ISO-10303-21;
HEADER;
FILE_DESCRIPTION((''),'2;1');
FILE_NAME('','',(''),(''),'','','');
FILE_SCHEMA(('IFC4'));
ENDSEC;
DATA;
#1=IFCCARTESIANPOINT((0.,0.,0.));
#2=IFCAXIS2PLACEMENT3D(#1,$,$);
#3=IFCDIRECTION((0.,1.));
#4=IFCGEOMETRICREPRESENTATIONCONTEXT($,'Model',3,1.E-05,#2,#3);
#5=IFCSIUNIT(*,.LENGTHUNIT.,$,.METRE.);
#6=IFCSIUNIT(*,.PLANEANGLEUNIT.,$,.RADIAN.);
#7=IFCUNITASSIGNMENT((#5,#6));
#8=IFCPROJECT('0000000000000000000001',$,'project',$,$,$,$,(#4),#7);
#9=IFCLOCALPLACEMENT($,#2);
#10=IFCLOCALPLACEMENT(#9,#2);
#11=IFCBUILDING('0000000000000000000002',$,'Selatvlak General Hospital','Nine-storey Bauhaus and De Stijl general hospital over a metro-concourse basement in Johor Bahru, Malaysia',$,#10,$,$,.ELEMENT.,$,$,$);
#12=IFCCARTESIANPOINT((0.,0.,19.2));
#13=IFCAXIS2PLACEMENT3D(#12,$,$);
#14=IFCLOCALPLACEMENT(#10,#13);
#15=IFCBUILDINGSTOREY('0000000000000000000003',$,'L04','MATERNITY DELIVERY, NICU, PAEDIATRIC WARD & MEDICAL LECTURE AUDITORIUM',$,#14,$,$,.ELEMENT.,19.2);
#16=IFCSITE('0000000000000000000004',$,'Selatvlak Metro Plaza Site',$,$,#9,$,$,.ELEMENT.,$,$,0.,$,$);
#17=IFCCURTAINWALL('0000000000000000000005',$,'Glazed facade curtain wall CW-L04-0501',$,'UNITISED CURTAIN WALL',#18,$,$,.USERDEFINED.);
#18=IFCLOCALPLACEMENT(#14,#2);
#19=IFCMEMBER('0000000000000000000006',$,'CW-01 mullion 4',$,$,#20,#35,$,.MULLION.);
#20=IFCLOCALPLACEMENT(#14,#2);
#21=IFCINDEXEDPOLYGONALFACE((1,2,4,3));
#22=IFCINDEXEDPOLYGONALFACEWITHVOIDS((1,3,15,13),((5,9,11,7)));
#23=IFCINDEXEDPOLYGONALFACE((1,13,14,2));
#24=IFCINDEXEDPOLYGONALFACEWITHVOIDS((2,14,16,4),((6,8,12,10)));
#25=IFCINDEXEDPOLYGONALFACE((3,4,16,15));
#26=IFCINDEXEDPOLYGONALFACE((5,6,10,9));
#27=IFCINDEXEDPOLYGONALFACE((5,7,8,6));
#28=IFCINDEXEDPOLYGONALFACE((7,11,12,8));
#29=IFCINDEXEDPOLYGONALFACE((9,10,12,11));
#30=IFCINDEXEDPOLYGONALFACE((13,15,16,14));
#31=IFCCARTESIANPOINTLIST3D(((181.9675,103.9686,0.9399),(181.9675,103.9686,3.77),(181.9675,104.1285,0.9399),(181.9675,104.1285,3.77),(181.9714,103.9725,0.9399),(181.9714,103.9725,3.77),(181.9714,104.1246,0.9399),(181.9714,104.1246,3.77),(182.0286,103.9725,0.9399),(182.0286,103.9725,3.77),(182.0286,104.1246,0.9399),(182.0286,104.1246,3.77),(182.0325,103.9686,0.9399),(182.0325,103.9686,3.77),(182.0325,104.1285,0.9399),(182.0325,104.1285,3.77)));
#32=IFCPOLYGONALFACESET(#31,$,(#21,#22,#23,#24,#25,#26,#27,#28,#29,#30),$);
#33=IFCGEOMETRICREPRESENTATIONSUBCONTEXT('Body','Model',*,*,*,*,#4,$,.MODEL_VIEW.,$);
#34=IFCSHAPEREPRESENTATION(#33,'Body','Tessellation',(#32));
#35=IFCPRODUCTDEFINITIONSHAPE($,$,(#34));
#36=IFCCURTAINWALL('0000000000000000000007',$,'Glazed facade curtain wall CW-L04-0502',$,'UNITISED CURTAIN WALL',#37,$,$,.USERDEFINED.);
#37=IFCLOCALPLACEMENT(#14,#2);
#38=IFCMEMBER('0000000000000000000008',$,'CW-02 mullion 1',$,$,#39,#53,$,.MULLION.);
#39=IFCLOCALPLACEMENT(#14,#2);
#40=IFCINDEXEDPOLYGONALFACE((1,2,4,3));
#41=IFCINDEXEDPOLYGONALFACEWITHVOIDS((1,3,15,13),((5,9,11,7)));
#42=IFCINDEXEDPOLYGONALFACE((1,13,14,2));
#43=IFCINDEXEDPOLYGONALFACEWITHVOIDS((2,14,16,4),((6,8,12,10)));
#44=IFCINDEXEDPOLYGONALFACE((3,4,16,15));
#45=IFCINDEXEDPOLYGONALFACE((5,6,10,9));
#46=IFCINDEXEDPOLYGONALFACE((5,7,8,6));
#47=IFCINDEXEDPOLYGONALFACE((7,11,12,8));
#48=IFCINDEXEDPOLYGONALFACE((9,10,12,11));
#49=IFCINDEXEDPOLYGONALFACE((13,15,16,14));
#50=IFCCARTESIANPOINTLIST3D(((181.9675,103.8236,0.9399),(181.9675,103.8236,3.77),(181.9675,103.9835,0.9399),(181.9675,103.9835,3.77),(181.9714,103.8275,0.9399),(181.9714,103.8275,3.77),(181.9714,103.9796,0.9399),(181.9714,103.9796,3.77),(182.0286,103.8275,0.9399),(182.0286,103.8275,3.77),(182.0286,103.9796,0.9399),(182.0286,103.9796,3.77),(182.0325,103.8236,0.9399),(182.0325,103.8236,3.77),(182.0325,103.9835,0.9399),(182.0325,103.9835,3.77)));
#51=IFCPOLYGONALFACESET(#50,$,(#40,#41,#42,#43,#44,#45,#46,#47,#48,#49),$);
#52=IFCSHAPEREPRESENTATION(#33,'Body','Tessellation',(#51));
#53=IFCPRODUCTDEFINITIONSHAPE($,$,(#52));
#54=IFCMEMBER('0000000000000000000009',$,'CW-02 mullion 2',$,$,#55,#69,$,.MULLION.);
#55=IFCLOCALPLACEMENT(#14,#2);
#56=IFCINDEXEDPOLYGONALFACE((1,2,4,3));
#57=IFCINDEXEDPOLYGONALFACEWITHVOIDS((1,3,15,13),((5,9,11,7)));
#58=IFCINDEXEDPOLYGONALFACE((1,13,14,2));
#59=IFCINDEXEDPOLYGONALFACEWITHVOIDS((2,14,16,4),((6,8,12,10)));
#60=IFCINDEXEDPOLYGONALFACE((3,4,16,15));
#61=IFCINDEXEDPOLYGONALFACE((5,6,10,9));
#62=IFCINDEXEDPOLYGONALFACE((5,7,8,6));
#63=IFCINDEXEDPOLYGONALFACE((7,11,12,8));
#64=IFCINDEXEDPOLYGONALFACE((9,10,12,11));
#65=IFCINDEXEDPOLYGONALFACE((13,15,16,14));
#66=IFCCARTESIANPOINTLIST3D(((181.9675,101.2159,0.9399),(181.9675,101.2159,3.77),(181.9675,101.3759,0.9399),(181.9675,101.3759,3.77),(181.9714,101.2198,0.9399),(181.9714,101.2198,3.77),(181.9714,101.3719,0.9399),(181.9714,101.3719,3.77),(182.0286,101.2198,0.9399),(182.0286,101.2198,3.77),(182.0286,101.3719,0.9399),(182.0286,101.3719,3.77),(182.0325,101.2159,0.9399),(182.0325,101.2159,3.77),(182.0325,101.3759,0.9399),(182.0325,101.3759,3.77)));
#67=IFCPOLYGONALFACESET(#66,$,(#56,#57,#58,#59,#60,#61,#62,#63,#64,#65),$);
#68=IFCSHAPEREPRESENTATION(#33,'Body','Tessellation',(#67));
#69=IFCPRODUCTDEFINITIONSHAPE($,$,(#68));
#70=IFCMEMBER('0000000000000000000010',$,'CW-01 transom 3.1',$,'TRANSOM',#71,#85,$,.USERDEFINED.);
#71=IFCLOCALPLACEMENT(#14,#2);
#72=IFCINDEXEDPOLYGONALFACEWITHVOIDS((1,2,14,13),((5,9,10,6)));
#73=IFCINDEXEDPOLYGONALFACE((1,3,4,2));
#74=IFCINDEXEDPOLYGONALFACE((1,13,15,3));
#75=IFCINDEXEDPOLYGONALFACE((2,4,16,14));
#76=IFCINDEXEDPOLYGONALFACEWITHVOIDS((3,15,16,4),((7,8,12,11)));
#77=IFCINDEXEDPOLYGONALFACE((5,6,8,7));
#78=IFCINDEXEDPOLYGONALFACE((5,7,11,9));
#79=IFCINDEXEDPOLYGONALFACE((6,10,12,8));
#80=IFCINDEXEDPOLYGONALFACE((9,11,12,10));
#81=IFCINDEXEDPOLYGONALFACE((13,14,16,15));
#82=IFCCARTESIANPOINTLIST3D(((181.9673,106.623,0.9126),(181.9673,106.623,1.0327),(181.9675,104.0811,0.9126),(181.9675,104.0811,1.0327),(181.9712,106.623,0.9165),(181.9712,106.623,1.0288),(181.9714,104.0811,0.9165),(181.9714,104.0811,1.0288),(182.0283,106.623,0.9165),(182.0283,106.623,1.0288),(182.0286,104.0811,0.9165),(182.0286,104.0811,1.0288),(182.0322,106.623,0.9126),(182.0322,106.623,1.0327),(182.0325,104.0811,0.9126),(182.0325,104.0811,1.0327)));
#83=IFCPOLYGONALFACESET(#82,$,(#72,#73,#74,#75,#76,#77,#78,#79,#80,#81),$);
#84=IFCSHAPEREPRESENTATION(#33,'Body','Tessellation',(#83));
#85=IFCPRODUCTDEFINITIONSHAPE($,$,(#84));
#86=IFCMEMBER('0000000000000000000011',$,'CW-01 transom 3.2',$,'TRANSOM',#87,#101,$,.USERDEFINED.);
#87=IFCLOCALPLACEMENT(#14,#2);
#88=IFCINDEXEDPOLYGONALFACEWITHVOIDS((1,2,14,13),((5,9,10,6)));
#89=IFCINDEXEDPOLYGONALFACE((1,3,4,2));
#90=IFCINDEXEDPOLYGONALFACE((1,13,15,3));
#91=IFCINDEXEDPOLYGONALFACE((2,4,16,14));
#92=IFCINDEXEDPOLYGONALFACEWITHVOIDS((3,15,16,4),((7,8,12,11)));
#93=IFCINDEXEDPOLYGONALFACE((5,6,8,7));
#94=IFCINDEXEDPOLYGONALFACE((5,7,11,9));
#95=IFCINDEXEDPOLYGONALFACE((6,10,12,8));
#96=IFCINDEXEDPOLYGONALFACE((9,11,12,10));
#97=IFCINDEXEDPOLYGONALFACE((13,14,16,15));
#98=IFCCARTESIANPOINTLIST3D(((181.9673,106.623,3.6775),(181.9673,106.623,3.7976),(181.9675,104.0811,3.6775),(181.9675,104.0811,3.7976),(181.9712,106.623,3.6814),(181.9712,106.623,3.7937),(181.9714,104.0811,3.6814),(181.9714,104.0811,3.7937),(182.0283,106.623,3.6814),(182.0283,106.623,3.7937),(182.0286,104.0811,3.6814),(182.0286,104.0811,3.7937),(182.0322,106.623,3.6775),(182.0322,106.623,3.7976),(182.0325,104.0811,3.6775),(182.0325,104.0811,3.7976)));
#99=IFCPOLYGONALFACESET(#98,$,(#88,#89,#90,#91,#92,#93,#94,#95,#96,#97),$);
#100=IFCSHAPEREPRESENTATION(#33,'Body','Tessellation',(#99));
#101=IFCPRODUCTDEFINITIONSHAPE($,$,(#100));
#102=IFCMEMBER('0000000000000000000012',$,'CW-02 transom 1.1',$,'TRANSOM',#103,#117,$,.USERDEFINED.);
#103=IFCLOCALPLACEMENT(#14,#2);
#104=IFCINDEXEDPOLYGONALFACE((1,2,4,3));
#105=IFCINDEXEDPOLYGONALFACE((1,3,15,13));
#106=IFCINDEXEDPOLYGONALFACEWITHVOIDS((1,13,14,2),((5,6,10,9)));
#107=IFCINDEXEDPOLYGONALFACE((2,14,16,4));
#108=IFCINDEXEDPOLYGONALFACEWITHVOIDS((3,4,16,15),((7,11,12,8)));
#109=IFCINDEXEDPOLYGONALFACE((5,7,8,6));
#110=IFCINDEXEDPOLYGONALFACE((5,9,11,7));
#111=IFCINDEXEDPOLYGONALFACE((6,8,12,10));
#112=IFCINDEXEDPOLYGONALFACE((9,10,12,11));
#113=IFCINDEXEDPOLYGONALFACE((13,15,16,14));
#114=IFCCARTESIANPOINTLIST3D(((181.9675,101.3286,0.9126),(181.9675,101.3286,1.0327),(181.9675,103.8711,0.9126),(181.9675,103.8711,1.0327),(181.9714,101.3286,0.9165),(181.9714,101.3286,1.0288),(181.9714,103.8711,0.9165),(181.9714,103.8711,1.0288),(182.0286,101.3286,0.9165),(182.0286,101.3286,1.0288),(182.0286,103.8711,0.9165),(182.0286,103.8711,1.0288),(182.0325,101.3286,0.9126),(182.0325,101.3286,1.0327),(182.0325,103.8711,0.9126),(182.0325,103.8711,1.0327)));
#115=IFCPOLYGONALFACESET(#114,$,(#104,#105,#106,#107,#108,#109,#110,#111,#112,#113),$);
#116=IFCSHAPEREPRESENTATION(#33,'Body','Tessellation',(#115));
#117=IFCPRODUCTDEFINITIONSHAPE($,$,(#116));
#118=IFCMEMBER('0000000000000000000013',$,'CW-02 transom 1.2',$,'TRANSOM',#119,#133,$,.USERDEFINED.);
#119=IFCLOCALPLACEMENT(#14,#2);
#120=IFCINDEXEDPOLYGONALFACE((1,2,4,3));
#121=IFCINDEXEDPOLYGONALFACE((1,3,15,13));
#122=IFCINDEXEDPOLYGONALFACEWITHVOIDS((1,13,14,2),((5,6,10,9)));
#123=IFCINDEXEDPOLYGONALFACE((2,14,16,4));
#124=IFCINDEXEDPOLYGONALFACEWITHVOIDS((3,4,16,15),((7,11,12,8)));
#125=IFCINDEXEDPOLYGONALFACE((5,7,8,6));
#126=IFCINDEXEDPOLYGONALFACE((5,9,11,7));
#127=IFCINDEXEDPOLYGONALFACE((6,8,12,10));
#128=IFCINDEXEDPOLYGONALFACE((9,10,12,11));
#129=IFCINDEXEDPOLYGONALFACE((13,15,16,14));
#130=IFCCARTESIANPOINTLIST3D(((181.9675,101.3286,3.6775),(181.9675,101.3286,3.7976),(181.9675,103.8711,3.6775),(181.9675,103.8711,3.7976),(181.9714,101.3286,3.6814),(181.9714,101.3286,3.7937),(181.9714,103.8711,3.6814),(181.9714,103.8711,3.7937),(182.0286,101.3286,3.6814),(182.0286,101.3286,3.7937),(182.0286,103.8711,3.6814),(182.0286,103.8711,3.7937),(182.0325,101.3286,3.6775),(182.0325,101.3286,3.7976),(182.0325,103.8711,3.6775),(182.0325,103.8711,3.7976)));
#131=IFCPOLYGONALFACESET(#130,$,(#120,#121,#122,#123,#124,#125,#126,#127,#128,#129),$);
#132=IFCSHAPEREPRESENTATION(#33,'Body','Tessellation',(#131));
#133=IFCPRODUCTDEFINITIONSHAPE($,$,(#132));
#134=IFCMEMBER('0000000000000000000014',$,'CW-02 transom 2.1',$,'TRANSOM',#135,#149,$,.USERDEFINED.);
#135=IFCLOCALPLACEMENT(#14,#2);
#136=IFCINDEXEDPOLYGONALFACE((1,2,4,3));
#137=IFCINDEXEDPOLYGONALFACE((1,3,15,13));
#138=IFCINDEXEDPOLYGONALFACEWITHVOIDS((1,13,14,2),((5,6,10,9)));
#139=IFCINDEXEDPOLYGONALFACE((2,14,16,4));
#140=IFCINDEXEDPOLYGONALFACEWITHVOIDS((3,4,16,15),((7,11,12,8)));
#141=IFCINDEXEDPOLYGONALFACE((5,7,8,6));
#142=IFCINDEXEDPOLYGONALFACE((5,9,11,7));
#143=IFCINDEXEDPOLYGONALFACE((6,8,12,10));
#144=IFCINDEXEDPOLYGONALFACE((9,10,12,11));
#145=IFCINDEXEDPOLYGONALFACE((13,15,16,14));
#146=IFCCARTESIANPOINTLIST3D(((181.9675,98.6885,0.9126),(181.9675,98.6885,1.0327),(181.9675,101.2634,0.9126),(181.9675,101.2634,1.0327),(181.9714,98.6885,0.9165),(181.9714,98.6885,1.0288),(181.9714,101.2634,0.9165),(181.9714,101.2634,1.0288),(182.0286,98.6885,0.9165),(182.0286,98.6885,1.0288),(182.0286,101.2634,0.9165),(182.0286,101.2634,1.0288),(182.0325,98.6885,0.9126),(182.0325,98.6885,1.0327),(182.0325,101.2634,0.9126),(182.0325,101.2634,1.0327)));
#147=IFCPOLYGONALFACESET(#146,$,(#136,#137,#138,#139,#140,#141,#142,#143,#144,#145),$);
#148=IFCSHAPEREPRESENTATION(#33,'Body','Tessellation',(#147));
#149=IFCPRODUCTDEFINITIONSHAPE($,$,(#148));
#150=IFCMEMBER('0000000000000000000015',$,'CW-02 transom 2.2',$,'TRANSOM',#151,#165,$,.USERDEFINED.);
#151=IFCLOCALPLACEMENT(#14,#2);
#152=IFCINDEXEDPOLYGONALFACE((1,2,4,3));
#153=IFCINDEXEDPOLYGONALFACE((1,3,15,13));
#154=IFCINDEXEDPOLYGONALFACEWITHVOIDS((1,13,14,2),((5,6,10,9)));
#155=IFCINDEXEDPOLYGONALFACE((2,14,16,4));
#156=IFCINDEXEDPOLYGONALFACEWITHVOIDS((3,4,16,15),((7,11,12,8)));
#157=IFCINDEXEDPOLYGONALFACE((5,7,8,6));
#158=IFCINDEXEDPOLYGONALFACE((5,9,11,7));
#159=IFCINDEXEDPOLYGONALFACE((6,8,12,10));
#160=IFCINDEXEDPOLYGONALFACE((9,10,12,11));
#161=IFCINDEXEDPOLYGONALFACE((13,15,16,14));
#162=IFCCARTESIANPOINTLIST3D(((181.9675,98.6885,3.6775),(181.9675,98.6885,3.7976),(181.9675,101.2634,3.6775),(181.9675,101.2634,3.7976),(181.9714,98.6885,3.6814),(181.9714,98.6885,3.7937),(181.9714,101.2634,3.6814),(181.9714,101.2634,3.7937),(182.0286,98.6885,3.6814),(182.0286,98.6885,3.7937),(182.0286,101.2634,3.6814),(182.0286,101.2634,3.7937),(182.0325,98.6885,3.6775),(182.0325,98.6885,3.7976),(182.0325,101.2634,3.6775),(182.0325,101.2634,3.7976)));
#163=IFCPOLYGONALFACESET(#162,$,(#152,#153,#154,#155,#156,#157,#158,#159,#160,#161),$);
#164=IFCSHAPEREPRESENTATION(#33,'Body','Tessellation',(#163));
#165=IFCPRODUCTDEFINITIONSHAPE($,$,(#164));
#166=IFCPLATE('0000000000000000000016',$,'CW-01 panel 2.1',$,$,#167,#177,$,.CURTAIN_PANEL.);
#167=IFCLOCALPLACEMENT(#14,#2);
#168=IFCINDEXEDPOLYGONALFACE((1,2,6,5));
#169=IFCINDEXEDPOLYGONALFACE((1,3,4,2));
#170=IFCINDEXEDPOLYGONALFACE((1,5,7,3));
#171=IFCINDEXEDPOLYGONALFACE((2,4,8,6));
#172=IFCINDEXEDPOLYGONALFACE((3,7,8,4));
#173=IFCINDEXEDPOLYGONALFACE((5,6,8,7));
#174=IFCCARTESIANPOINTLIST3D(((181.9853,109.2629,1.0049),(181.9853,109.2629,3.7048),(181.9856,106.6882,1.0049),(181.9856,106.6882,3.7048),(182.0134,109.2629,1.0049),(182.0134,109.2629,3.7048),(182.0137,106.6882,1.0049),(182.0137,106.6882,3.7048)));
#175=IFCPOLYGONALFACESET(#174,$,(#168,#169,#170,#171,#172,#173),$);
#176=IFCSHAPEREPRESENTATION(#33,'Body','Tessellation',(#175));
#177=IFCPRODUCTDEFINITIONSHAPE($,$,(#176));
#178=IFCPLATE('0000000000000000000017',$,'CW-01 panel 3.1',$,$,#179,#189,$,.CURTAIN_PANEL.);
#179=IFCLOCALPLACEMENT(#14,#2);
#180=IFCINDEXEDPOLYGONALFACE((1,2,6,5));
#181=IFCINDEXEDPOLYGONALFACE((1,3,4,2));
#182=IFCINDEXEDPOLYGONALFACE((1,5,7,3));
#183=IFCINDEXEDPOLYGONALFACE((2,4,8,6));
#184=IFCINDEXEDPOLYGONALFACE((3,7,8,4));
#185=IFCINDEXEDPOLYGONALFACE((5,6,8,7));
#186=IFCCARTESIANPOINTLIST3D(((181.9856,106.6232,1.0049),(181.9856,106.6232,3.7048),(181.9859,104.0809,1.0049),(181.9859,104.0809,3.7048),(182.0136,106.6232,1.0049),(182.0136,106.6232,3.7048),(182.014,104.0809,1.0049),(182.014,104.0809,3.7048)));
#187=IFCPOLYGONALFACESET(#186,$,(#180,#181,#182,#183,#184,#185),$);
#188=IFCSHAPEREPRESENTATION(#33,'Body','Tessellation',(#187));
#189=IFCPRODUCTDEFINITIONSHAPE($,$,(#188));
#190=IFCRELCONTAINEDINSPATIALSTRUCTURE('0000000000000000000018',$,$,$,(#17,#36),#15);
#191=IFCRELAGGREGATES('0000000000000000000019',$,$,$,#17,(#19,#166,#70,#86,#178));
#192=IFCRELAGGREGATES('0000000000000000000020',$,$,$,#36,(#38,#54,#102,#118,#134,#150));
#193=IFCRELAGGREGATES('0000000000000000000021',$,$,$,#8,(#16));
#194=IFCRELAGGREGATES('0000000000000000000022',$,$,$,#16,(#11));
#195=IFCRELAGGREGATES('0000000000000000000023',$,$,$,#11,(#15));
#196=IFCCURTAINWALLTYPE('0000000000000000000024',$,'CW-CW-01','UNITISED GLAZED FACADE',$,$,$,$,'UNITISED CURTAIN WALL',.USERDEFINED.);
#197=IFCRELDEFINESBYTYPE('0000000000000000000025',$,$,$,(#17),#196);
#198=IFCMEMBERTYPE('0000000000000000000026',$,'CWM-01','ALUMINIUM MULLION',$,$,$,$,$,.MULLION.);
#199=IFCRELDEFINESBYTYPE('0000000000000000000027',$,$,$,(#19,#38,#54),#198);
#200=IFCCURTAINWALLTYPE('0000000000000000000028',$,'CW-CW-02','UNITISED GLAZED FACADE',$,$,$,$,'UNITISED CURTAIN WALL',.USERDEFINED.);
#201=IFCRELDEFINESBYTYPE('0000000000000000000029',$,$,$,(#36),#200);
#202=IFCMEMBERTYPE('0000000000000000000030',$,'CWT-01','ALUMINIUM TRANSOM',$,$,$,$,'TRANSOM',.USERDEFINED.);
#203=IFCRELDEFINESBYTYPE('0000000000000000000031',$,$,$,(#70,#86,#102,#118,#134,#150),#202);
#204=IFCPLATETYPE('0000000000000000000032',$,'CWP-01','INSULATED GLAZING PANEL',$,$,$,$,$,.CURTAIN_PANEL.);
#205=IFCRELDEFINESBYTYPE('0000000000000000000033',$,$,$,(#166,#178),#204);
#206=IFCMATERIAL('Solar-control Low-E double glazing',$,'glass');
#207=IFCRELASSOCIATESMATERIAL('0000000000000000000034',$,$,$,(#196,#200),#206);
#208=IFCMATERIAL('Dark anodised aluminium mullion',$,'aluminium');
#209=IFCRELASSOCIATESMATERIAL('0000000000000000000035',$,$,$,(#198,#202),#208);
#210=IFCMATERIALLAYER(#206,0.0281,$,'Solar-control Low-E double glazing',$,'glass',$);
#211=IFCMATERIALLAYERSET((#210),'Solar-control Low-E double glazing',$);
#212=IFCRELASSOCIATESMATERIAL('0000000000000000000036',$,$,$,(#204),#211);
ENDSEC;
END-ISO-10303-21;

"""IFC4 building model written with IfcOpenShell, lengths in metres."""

from ifc_helpers import new_model, si_unit, direction, frame, origin, origin_2d, place, context, subcontext, project, spatial, rectangle, hollow_rectangle, extrude, material, layer, layer_set, material_profile, profile_set, type_object, element, aggregate, save


model = new_model("IFC4")

# Units and contexts
model_context = context("Model", 3, precision=1e-05, world=origin(), true_north=direction((0.0, 1.0)))
body_context = subcontext(model_context, "Body", "Model", "MODEL_VIEW")
ifc_project = project(units=[si_unit("LENGTHUNIT", "METRE"), si_unit("PLANEANGLEUNIT", "RADIAN")], contexts=[model_context])

# Site, building, storey
site_placement = place(None, origin())
site = spatial("IfcSite", under=ifc_project, at=site_placement, Name="Selatvlak Metro Plaza Site", CompositionType="ELEMENT", RefElevation=0.0)
building_placement = place(site_placement, origin())
building = spatial("IfcBuilding", under=site, at=building_placement, Name="Selatvlak General Hospital", Description="Nine-storey Bauhaus and De Stijl general hospital over a metro-concourse basement in Johor Bahru, Malaysia", CompositionType="ELEMENT")
storey_placement = place(building_placement, frame((0.0, 0.0, 19.2)))
storey = spatial("IfcBuildingStorey", under=building, at=storey_placement, Name="L04", Description="MATERNITY DELIVERY, NICU, PAEDIATRIC WARD & MEDICAL LECTURE AUDITORIUM", CompositionType="ELEMENT", Elevation=19.2)

# Curtain walls, members
ifc_material_1 = material(Name="Solar-control Low-E double glazing", Category="glass")
curtain_wall_type_1 = type_object("IfcCurtainWallType", Name="CW-CW-01", Description="UNITISED GLAZED FACADE", ElementType="UNITISED CURTAIN WALL", PredefinedType="USERDEFINED", material=ifc_material_1)
curtain_wall_1_placement = place(storey_placement, origin())
curtain_wall_1 = element("IfcCurtainWall", 1, at=curtain_wall_1_placement, inside=storey, type_object=curtain_wall_type_1, Name="Glazed facade curtain wall CW-L04-0501", ObjectType="UNITISED CURTAIN WALL", PredefinedType="USERDEFINED")
ifc_material_2 = material(Name="Dark anodised aluminium mullion", Category="aluminium")
ifc_material_profile_1 = material_profile(ifc_material_2, hollow_rectangle(XDim=0.0649, YDim=0.1599, WallThickness=0.0039, at=origin_2d()), Name="AL-MUL 65x160x4")
ifc_profile_set_1 = profile_set([ifc_material_profile_1], Name="Dark anodised aluminium mullion")
member_type_1 = type_object("IfcMemberType", Name="CWM-01", Description="ALUMINIUM MULLION", PredefinedType="MULLION", material=ifc_profile_set_1)
member_1_placement = place(storey_placement, frame((182.0, 104.0486, 0.9399), z_axis=(0.0, 0.0, 1.0), x_axis=(1.0, 0.000126, 0.0)))
member_1 = element("IfcMember", 2, at=member_1_placement, type_object=member_type_1, Name="CW-01 mullion 4", PredefinedType="MULLION", context=body_context, shape_type="SweptSolid", body=[
    extrude(hollow_rectangle(XDim=0.0649, YDim=0.1599, WallThickness=0.0039, at=origin_2d()), origin(), (0.0, 0.0, 1.0), 2.8301),
])
curtain_wall_type_2 = type_object("IfcCurtainWallType", Name="CW-CW-02", Description="UNITISED GLAZED FACADE", ElementType="UNITISED CURTAIN WALL", PredefinedType="USERDEFINED", material=ifc_material_1)
curtain_wall_2_placement = place(storey_placement, origin())
curtain_wall_2 = element("IfcCurtainWall", 3, at=curtain_wall_2_placement, inside=storey, type_object=curtain_wall_type_2, Name="Glazed facade curtain wall CW-L04-0502", ObjectType="UNITISED CURTAIN WALL", PredefinedType="USERDEFINED")
member_2_placement = place(storey_placement, frame((182.0, 103.9036, 0.9399), z_axis=(0.0, 0.0, 1.0), x_axis=(1.0, 0.0, 0.0)))
member_2 = element("IfcMember", 4, at=member_2_placement, type_object=member_type_1, Name="CW-02 mullion 1", PredefinedType="MULLION", context=body_context, shape_type="SweptSolid", body=[
    extrude(hollow_rectangle(XDim=0.0649, YDim=0.1599, WallThickness=0.0039, at=origin_2d()), origin(), (0.0, 0.0, 1.0), 2.8301),
])
member_3_placement = place(storey_placement, frame((182.0, 101.2959, 0.9399), z_axis=(0.0, 0.0, 1.0), x_axis=(1.0, 0.0, 0.0)))
member_3 = element("IfcMember", 5, at=member_3_placement, type_object=member_type_1, Name="CW-02 mullion 2", PredefinedType="MULLION", context=body_context, shape_type="SweptSolid", body=[
    extrude(hollow_rectangle(XDim=0.0649, YDim=0.1599, WallThickness=0.0039, at=origin_2d()), origin(), (0.0, 0.0, 1.0), 2.8301),
])

# Members
ifc_material_profile_2 = material_profile(ifc_material_2, hollow_rectangle(XDim=0.0649, YDim=0.1201, WallThickness=0.0039, at=origin_2d()), Name="AL-TRN 65x120x4")
ifc_profile_set_2 = profile_set([ifc_material_profile_2], Name="Dark anodised aluminium mullion")
member_type_2 = type_object("IfcMemberType", Name="CWT-01", Description="ALUMINIUM TRANSOM", ElementType="TRANSOM", PredefinedType="USERDEFINED", material=ifc_profile_set_2)
member_4_placement = place(storey_placement, frame((181.9998, 106.623, 0.9727), z_axis=(0.000096, -1.0, 0.0), x_axis=(1.0, 0.000096, 0.0)))
member_4 = element("IfcMember", 6, at=member_4_placement, type_object=member_type_2, Name="CW-01 transom 3.1", ObjectType="TRANSOM", PredefinedType="USERDEFINED", context=body_context, shape_type="SweptSolid", body=[
    extrude(hollow_rectangle(XDim=0.0649, YDim=0.1201, WallThickness=0.0039, at=origin_2d()), origin(), (0.0, 0.0, 1.0), 2.542),
])
member_5_placement = place(storey_placement, frame((181.9998, 106.623, 3.7375), z_axis=(0.000096, -1.0, 0.0), x_axis=(1.0, 0.000096, 0.0)))
member_5 = element("IfcMember", 7, at=member_5_placement, type_object=member_type_2, Name="CW-01 transom 3.2", ObjectType="TRANSOM", PredefinedType="USERDEFINED", context=body_context, shape_type="SweptSolid", body=[
    extrude(hollow_rectangle(XDim=0.0649, YDim=0.1201, WallThickness=0.0039, at=origin_2d()), origin(), (0.0, 0.0, 1.0), 2.542),
])
member_6_placement = place(storey_placement, frame((182.0, 103.8711, 0.9727), z_axis=(0.0, -1.0, 0.0), x_axis=(1.0, 0.0, 0.0)))
member_6 = element("IfcMember", 8, at=member_6_placement, type_object=member_type_2, Name="CW-02 transom 1.1", ObjectType="TRANSOM", PredefinedType="USERDEFINED", context=body_context, shape_type="SweptSolid", body=[
    extrude(hollow_rectangle(XDim=0.0649, YDim=0.1201, WallThickness=0.0039, at=origin_2d()), origin(), (0.0, 0.0, 1.0), 2.5425),
])
member_7_placement = place(storey_placement, frame((182.0, 103.8711, 3.7375), z_axis=(0.0, -1.0, 0.0), x_axis=(1.0, 0.0, 0.0)))
member_7 = element("IfcMember", 9, at=member_7_placement, type_object=member_type_2, Name="CW-02 transom 1.2", ObjectType="TRANSOM", PredefinedType="USERDEFINED", context=body_context, shape_type="SweptSolid", body=[
    extrude(hollow_rectangle(XDim=0.0649, YDim=0.1201, WallThickness=0.0039, at=origin_2d()), origin(), (0.0, 0.0, 1.0), 2.5425),
])
member_8_placement = place(storey_placement, frame((182.0, 101.2634, 0.9727), z_axis=(0.0, -1.0, 0.0), x_axis=(1.0, 0.0, 0.0)))
member_8 = element("IfcMember", 10, at=member_8_placement, type_object=member_type_2, Name="CW-02 transom 2.1", ObjectType="TRANSOM", PredefinedType="USERDEFINED", context=body_context, shape_type="SweptSolid", body=[
    extrude(hollow_rectangle(XDim=0.0649, YDim=0.1201, WallThickness=0.0039, at=origin_2d()), origin(), (0.0, 0.0, 1.0), 2.575),
])
member_9_placement = place(storey_placement, frame((182.0, 101.2634, 3.7375), z_axis=(0.0, -1.0, 0.0), x_axis=(1.0, 0.0, 0.0)))
member_9 = element("IfcMember", 11, at=member_9_placement, type_object=member_type_2, Name="CW-02 transom 2.2", ObjectType="TRANSOM", PredefinedType="USERDEFINED", context=body_context, shape_type="SweptSolid", body=[
    extrude(hollow_rectangle(XDim=0.0649, YDim=0.1201, WallThickness=0.0039, at=origin_2d()), origin(), (0.0, 0.0, 1.0), 2.575),
])

# Plates
ifc_layer_1 = layer(ifc_material_1, 0.0281, Name="Solar-control Low-E double glazing", Category="glass")
ifc_layer_set_1 = layer_set([ifc_layer_1], Name="Solar-control Low-E double glazing")
plate_type = type_object("IfcPlateType", Name="CWP-01", Description="INSULATED GLAZING PANEL", PredefinedType="CURTAIN_PANEL", material=ifc_layer_set_1)
plate_1_placement = place(storey_placement, frame((181.9995, 107.9756, 1.0049), z_axis=(0.0, 0.0, 1.0), x_axis=(0.000126, -1.0, 0.0)))
plate_1 = element("IfcPlate", 12, at=plate_1_placement, type_object=plate_type, Name="CW-01 panel 2.1", PredefinedType="CURTAIN_PANEL", context=body_context, shape_type="SweptSolid", body=[
    extrude(rectangle(XDim=2.5747, YDim=0.0281, at=origin_2d()), origin(), (0.0, 0.0, 1.0), 2.7),
])
plate_2_placement = place(storey_placement, frame((181.9998, 105.3521, 1.0049), z_axis=(0.0, 0.0, 1.0), x_axis=(0.000126, -1.0, 0.0)))
plate_2 = element("IfcPlate", 13, at=plate_2_placement, type_object=plate_type, Name="CW-01 panel 3.1", PredefinedType="CURTAIN_PANEL", context=body_context, shape_type="SweptSolid", body=[
    extrude(rectangle(XDim=2.5422, YDim=0.0281, at=origin_2d()), origin(), (0.0, 0.0, 1.0), 2.7),
])
aggregate(curtain_wall_1, [member_1, plate_1, member_4, member_5, plate_2])
aggregate(curtain_wall_2, [member_2, member_3, member_6, member_7, member_8, member_9])

save(model, "model.ifc")
